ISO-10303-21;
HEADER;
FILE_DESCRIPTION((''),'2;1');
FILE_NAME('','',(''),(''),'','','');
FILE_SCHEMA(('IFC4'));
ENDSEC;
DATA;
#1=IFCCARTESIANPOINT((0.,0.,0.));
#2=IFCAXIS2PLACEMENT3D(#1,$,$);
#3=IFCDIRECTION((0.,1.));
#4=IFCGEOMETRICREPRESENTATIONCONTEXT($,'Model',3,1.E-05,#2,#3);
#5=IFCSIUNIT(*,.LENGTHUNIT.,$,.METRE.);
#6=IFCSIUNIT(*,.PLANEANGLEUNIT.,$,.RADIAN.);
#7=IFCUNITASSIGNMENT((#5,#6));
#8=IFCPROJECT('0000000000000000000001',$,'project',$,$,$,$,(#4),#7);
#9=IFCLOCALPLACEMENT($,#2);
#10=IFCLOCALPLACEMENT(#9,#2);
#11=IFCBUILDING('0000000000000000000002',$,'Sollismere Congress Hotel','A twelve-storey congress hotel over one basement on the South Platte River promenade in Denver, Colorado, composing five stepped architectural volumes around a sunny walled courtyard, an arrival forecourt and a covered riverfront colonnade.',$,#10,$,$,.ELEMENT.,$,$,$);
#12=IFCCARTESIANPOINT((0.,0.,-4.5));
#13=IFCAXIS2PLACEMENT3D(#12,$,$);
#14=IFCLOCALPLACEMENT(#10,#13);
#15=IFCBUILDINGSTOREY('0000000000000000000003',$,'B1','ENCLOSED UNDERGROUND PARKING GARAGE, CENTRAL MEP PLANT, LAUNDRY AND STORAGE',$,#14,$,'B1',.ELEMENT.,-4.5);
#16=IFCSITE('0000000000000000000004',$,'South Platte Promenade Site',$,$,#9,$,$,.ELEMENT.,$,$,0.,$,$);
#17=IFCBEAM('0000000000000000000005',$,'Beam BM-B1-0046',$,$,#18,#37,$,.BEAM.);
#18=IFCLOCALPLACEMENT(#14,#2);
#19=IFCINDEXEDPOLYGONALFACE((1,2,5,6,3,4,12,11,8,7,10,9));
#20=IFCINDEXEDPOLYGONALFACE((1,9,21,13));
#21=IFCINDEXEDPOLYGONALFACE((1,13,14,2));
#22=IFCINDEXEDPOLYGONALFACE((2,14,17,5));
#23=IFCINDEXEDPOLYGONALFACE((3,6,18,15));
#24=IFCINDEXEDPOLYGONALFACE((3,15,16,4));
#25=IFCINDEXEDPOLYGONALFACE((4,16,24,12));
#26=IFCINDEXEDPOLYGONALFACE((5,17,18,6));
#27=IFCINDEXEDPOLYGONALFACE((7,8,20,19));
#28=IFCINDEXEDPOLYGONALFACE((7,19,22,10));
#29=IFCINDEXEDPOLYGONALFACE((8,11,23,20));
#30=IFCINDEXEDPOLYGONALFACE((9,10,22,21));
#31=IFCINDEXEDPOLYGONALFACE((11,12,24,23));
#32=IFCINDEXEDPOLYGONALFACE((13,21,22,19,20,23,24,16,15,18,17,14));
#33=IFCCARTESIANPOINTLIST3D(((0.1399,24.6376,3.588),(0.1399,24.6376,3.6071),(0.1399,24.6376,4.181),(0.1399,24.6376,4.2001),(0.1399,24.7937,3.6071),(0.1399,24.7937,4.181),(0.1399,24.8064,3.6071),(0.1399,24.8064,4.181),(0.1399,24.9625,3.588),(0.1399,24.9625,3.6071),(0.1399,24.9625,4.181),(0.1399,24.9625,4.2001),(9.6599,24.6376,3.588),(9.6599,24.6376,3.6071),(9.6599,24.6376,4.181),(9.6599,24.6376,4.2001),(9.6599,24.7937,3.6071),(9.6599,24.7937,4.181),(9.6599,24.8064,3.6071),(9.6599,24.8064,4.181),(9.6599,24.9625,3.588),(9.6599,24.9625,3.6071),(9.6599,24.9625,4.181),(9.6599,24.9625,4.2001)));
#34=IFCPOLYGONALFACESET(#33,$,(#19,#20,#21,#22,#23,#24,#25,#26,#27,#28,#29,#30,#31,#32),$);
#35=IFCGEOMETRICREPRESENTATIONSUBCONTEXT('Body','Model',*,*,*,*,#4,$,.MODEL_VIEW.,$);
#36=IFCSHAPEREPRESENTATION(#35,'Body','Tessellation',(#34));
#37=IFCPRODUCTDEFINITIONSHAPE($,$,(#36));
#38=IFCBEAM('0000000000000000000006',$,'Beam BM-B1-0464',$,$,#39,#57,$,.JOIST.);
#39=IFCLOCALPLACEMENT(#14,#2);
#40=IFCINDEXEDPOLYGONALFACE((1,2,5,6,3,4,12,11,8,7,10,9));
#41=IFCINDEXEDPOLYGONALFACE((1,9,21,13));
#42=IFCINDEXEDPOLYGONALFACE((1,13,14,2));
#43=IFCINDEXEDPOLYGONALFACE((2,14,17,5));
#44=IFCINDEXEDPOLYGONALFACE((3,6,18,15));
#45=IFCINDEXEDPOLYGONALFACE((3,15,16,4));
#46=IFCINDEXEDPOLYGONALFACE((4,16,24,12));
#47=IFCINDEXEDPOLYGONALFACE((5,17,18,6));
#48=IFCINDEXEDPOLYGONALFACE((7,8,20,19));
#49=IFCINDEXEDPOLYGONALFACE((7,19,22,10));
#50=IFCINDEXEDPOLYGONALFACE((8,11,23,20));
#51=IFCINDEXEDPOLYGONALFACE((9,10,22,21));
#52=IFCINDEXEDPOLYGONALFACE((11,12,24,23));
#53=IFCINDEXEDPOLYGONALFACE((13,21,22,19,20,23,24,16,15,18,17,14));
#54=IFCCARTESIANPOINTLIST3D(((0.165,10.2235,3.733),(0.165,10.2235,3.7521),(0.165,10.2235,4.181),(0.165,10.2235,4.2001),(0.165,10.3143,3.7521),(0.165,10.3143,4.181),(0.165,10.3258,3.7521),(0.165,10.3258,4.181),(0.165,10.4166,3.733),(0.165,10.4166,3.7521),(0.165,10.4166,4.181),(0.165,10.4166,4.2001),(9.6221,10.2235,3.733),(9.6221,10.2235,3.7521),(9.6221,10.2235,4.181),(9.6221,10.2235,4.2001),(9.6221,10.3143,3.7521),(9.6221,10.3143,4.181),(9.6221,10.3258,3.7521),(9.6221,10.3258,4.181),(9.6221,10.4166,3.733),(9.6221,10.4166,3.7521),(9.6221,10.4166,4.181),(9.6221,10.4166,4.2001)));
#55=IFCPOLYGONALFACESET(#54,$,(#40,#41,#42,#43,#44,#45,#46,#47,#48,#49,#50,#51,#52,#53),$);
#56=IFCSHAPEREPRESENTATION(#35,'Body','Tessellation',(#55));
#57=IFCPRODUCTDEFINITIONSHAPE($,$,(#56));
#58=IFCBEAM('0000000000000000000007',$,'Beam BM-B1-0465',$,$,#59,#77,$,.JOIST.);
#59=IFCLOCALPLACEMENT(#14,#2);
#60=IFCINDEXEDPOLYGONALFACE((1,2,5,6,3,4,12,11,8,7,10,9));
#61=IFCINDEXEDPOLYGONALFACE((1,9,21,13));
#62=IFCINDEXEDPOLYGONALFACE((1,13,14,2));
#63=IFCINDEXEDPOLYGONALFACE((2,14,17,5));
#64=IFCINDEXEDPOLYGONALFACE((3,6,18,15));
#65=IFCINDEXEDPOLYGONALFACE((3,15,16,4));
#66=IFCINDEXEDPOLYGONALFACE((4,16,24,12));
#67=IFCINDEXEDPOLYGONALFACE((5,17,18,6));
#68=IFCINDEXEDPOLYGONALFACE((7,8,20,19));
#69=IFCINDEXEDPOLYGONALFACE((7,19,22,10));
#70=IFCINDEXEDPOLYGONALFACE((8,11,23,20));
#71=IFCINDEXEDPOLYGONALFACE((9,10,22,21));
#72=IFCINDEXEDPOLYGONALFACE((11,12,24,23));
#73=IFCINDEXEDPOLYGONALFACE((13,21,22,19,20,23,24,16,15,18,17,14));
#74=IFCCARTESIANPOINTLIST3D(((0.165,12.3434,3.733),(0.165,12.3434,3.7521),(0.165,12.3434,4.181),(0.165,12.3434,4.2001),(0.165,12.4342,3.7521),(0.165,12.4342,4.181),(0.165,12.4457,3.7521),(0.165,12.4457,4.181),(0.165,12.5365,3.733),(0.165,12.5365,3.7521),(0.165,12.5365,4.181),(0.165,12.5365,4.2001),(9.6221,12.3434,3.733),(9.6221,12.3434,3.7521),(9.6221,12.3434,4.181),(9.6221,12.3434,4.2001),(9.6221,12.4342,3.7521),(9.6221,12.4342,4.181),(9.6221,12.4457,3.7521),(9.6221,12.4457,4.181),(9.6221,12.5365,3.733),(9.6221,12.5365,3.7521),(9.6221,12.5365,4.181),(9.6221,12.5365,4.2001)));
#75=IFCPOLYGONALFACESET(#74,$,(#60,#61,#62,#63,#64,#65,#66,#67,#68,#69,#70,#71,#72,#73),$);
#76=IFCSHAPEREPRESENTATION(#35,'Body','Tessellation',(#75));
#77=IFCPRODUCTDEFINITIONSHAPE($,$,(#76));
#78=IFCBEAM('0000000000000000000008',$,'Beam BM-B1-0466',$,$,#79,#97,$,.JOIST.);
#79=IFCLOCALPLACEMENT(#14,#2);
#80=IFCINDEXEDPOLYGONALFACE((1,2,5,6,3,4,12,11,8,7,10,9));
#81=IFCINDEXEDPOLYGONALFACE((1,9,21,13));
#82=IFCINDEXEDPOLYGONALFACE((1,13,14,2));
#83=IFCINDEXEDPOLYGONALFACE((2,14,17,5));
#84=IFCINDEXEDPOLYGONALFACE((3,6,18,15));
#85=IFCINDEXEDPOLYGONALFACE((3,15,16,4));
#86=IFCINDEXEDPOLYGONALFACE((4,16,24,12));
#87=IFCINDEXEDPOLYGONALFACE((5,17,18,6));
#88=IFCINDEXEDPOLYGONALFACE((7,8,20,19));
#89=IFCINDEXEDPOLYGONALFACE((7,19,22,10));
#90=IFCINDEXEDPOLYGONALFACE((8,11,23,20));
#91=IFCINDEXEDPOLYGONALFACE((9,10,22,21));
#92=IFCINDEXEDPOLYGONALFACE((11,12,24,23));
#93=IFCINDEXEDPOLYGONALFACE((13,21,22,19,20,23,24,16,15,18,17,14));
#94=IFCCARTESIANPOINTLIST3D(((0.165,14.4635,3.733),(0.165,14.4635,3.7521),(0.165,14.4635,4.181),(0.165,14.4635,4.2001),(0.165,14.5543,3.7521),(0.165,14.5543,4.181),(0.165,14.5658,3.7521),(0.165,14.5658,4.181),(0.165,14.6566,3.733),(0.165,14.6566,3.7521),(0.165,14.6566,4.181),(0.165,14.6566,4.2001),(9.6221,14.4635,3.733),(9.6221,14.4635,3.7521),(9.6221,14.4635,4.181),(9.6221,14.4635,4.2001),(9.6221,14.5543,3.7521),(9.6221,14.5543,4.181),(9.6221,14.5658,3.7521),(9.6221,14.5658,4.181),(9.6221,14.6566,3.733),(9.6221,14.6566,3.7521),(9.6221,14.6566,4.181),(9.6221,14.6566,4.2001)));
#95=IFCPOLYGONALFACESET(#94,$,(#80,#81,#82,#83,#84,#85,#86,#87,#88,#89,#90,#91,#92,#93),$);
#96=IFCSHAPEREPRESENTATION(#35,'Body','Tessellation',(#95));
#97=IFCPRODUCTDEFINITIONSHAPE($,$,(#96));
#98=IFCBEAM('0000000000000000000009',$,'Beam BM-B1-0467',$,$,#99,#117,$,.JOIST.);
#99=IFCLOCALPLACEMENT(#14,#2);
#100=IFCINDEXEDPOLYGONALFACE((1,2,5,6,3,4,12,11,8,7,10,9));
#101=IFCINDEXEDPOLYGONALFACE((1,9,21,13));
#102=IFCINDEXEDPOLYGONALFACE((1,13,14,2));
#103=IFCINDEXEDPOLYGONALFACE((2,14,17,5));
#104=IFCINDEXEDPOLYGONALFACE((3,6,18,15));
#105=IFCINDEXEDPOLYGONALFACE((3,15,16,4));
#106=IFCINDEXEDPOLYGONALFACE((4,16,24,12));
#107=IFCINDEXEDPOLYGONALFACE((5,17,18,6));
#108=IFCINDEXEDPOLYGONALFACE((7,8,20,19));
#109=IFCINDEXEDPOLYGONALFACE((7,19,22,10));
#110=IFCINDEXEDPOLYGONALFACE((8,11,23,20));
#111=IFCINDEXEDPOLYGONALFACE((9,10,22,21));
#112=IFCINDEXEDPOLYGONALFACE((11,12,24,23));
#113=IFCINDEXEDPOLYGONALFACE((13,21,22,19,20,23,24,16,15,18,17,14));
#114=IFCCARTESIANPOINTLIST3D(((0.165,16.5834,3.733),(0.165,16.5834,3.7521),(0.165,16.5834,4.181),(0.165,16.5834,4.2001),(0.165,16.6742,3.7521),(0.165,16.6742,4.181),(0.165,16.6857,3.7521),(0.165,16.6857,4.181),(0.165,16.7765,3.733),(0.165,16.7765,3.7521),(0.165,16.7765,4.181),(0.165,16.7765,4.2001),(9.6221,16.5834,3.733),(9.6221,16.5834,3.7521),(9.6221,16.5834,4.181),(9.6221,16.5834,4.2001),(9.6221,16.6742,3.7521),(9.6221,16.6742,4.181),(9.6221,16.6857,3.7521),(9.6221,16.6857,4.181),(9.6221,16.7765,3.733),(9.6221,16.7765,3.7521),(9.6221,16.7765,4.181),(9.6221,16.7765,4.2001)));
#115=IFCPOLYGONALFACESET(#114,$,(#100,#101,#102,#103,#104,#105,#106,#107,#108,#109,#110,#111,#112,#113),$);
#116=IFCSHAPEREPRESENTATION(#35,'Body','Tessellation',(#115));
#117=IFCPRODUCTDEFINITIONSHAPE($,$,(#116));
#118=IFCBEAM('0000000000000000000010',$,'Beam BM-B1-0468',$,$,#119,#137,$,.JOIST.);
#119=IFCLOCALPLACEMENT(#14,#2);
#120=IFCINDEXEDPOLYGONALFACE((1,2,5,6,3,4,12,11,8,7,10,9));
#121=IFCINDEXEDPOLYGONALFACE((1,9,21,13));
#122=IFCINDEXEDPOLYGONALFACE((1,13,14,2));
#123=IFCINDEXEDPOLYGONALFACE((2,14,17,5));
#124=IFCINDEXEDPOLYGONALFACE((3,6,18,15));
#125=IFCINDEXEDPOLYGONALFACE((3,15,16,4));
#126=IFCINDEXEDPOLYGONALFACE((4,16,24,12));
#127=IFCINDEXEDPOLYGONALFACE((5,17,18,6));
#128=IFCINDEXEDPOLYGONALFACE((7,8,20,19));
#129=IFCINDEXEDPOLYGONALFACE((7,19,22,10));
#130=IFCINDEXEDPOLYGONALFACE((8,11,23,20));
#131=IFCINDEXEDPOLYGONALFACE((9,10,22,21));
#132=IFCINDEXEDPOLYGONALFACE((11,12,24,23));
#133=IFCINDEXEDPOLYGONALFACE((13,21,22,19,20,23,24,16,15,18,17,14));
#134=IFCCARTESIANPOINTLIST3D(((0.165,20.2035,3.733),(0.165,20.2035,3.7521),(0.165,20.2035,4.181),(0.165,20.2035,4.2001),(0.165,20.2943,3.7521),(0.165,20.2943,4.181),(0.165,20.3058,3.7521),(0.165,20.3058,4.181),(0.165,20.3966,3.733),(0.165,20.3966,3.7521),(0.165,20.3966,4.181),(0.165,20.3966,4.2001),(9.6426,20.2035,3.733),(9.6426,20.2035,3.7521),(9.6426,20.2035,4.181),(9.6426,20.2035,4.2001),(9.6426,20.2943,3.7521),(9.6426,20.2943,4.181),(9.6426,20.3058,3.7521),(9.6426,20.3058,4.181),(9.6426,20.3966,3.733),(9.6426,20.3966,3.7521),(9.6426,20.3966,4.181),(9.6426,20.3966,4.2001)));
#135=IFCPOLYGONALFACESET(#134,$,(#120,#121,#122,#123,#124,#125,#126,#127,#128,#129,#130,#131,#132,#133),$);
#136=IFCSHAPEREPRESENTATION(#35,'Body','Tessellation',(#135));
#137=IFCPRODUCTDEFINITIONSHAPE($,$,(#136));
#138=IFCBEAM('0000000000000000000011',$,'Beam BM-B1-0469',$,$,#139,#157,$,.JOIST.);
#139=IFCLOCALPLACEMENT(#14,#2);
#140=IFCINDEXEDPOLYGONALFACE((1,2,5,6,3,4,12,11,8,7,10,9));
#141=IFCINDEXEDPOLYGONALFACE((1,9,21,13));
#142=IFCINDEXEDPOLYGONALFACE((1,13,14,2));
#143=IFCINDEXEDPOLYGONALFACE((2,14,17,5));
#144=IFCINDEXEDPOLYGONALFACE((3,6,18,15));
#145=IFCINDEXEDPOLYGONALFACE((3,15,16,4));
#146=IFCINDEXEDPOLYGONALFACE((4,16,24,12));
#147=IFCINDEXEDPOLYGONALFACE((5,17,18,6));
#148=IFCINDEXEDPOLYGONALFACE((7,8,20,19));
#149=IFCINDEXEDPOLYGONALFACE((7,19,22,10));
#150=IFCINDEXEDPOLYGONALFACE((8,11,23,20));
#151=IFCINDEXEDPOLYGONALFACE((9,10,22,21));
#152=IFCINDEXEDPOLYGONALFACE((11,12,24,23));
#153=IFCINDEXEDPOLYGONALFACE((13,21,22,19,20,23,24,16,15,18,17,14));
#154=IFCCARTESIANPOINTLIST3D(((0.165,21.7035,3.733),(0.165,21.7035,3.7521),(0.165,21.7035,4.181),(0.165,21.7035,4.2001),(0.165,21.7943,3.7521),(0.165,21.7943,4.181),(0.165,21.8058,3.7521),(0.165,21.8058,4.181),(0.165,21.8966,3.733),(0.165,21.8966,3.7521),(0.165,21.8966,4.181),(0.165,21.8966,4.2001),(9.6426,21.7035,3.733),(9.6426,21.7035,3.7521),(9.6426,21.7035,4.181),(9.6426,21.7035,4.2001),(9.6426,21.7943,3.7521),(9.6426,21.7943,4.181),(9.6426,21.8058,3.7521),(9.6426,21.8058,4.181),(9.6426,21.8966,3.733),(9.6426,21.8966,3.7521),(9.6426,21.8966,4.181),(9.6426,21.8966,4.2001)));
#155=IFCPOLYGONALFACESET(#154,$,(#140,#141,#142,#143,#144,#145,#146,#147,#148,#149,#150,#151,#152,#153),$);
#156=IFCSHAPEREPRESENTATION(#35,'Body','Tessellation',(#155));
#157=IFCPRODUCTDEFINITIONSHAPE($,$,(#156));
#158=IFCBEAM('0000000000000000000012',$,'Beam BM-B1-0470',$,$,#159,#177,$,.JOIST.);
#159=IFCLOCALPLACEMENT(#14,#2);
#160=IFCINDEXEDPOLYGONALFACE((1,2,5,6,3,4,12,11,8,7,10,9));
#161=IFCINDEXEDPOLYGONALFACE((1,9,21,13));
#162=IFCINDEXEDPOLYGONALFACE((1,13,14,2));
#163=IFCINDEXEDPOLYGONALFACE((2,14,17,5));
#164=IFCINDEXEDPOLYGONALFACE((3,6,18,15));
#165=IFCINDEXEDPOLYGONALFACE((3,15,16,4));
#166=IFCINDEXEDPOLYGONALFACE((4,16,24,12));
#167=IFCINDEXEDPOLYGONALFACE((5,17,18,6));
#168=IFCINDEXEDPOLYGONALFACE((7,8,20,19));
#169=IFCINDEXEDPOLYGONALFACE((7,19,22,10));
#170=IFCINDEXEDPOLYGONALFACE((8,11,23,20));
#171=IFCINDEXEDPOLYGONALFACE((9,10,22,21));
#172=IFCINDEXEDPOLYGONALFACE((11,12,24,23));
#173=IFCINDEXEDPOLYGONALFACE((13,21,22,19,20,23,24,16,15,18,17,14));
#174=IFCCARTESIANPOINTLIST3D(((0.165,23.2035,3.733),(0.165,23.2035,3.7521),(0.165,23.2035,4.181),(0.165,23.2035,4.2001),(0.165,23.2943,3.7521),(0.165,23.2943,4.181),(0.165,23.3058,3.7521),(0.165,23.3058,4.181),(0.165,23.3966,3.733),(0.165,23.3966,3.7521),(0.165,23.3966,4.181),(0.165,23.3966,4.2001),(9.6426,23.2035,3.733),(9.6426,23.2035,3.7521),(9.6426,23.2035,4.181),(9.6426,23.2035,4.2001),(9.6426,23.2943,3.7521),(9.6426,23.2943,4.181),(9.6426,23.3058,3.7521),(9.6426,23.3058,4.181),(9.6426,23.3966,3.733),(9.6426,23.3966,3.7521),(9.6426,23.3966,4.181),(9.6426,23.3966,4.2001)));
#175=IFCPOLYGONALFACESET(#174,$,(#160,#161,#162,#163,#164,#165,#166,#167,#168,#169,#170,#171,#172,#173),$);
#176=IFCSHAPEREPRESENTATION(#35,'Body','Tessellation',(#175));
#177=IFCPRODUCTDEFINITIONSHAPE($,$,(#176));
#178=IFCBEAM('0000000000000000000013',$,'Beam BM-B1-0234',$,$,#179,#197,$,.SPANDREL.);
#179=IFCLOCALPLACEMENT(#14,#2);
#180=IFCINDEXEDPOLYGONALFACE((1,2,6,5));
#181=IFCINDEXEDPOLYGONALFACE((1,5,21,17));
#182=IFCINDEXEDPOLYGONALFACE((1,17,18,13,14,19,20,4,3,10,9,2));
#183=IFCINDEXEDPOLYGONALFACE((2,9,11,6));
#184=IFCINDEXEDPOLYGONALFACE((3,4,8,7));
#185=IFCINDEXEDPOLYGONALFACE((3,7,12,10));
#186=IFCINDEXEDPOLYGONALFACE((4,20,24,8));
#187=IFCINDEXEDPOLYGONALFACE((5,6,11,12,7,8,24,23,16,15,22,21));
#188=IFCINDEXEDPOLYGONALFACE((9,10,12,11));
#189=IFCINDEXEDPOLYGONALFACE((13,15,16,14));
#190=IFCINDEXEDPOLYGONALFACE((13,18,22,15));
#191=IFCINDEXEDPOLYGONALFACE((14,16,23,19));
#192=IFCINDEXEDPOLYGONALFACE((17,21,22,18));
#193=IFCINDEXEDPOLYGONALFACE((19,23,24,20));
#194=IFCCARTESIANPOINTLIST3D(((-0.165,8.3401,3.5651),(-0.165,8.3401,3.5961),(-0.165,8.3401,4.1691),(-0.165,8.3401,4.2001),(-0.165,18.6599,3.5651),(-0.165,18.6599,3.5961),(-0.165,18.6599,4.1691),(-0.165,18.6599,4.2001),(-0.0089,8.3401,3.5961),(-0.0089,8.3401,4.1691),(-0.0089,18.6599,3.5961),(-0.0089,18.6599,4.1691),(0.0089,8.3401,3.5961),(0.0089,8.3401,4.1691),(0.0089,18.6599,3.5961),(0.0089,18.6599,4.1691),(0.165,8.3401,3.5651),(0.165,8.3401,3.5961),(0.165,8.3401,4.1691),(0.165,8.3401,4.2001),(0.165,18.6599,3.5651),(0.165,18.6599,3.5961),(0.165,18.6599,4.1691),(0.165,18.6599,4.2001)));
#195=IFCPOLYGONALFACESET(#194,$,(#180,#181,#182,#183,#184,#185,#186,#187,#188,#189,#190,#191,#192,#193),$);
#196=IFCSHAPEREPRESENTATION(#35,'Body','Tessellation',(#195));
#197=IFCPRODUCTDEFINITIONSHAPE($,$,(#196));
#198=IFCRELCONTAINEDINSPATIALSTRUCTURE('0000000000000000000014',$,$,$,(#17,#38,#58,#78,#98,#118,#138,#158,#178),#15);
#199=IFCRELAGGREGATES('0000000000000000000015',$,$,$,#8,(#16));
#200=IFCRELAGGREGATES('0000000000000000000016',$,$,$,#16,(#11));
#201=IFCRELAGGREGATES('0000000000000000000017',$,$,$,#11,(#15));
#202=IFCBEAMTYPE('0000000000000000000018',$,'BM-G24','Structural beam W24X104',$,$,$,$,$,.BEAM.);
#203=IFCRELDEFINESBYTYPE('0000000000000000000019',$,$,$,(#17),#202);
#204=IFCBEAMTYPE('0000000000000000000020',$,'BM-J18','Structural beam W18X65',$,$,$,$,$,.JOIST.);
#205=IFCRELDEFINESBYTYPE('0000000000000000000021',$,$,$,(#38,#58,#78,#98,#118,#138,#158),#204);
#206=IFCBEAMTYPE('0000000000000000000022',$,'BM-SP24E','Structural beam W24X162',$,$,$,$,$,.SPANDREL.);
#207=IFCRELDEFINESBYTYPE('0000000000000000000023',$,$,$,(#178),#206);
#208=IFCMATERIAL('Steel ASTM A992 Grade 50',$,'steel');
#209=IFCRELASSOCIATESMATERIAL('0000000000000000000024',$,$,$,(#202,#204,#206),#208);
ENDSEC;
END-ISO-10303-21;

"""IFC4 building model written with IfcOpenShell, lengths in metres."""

from ifc_helpers import new_model, si_unit, direction, frame, origin, origin_2d, place, context, subcontext, project, spatial, i_section, extrude, material, material_profile, profile_set, type_object, element, save


model = new_model("IFC4")

# Units and contexts
model_context = context("Model", 3, precision=1e-05, world=origin(), true_north=direction((0.0, 1.0)))
body_context = subcontext(model_context, "Body", "Model", "MODEL_VIEW")
ifc_project = project(units=[si_unit("LENGTHUNIT", "METRE"), si_unit("PLANEANGLEUNIT", "RADIAN")], contexts=[model_context])

# Site, building, storey
site_placement = place(None, origin())
site = spatial("IfcSite", under=ifc_project, at=site_placement, Name="South Platte Promenade Site", CompositionType="ELEMENT", RefElevation=0.0)
building_placement = place(site_placement, origin())
building = spatial("IfcBuilding", under=site, at=building_placement, Name="Sollismere Congress Hotel", Description="A twelve-storey congress hotel over one basement on the South Platte River promenade in Denver, Colorado, composing five stepped architectural volumes around a sunny walled courtyard, an arrival forecourt and a covered riverfront colonnade.", CompositionType="ELEMENT")
storey_placement = place(building_placement, frame((0.0, 0.0, -4.5)))
storey = spatial("IfcBuildingStorey", under=building, at=storey_placement, Name="B1", Description="ENCLOSED UNDERGROUND PARKING GARAGE, CENTRAL MEP PLANT, LAUNDRY AND STORAGE", LongName="B1", CompositionType="ELEMENT", Elevation=-4.5)

# Beams
ifc_material_1 = material(Name="Steel ASTM A992 Grade 50", Category="steel")
ifc_material_profile_1 = material_profile(ifc_material_1, i_section(OverallWidth=0.325, OverallDepth=0.6121, WebThickness=0.0127, FlangeThickness=0.019, at=origin_2d()), Name="W24X104")
ifc_profile_set_1 = profile_set([ifc_material_profile_1], Name="Steel ASTM A992 Grade 50")
beam_type_1 = type_object("IfcBeamType", Name="BM-G24", Description="Structural beam W24X104", PredefinedType="BEAM", material=ifc_profile_set_1)
for number, where, z_axis, x_axis, name in (
    (1, (0.1399, 24.8, 3.894), (1.0, 0.0, 0.0), (0.0, 1.0, 0.0), "Beam BM-B1-0046"),
):
    element("IfcBeam", number, at=place(storey_placement, frame(where, z_axis=z_axis, x_axis=x_axis)), inside=storey, type_object=beam_type_1, Name=name, PredefinedType="BEAM", context=body_context, shape_type="SweptSolid", body=[
        extrude(i_section(OverallWidth=0.325, OverallDepth=0.6121, WebThickness=0.0127, FlangeThickness=0.019, at=origin_2d()), origin(), (0.0, 0.0, 1.0), 9.52),
    ])
ifc_material_profile_2 = material_profile(ifc_material_1, i_section(OverallWidth=0.1931, OverallDepth=0.467, WebThickness=0.0115, FlangeThickness=0.019, at=origin_2d()), Name="W18X65")
ifc_profile_set_2 = profile_set([ifc_material_profile_2], Name="Steel ASTM A992 Grade 50")
beam_type_2 = type_object("IfcBeamType", Name="BM-J18", Description="Structural beam W18X65", PredefinedType="JOIST", material=ifc_profile_set_2)
for number, where, z_axis, x_axis, name in (
    (2, (0.165, 10.3201, 3.9666), (1.0, 0.0, 0.0), (0.0, 1.0, 0.0), "Beam BM-B1-0464"),
    (3, (0.165, 12.4399, 3.9666), (1.0, 0.0, 0.0), (0.0, 1.0, 0.0), "Beam BM-B1-0465"),
    (4, (0.165, 14.5601, 3.9666), (1.0, 0.0, 0.0), (0.0, 1.0, 0.0), "Beam BM-B1-0466"),
    (5, (0.165, 16.6799, 3.9666), (1.0, 0.0, 0.0), (0.0, 1.0, 0.0), "Beam BM-B1-0467"),
):
    element("IfcBeam", number, at=place(storey_placement, frame(where, z_axis=z_axis, x_axis=x_axis)), inside=storey, type_object=beam_type_2, Name=name, PredefinedType="JOIST", context=body_context, shape_type="SweptSolid", body=[
        extrude(i_section(OverallWidth=0.1931, OverallDepth=0.467, WebThickness=0.0115, FlangeThickness=0.019, at=origin_2d()), origin(), (0.0, 0.0, 1.0), 9.457),
    ])
for number, where, z_axis, x_axis, name in (
    (6, (0.165, 20.3, 3.9666), (1.0, 0.0, 0.0), (0.0, 1.0, 0.0), "Beam BM-B1-0468"),
    (7, (0.165, 21.8, 3.9666), (1.0, 0.0, 0.0), (0.0, 1.0, 0.0), "Beam BM-B1-0469"),
    (8, (0.165, 23.3, 3.9666), (1.0, 0.0, 0.0), (0.0, 1.0, 0.0), "Beam BM-B1-0470"),
):
    element("IfcBeam", number, at=place(storey_placement, frame(where, z_axis=z_axis, x_axis=x_axis)), inside=storey, type_object=beam_type_2, Name=name, PredefinedType="JOIST", context=body_context, shape_type="SweptSolid", body=[
        extrude(i_section(OverallWidth=0.1931, OverallDepth=0.467, WebThickness=0.0115, FlangeThickness=0.019, at=origin_2d()), origin(), (0.0, 0.0, 1.0), 9.4775),
    ])
ifc_material_profile_3 = material_profile(ifc_material_1, i_section(OverallWidth=0.3301, OverallDepth=0.635, WebThickness=0.0178, FlangeThickness=0.031, at=origin_2d()), Name="W24X162")
ifc_profile_set_3 = profile_set([ifc_material_profile_3], Name="Steel ASTM A992 Grade 50")
beam_type_3 = type_object("IfcBeamType", Name="BM-SP24E", Description="Structural beam W24X162", PredefinedType="SPANDREL", material=ifc_profile_set_3)
beam_1_placement = place(storey_placement, frame((0.0, 8.3401, 3.8826), z_axis=(0.0, 1.0, 0.0), x_axis=(-1.0, 0.0, 0.0)))
element("IfcBeam", 9, at=beam_1_placement, inside=storey, type_object=beam_type_3, Name="Beam BM-B1-0234", PredefinedType="SPANDREL", context=body_context, shape_type="SweptSolid", body=[
    extrude(i_section(OverallWidth=0.3301, OverallDepth=0.635, WebThickness=0.0178, FlangeThickness=0.031, at=origin_2d()), origin(), (0.0, 0.0, 1.0), 10.3198),
])

save(model, "model.ifc")
